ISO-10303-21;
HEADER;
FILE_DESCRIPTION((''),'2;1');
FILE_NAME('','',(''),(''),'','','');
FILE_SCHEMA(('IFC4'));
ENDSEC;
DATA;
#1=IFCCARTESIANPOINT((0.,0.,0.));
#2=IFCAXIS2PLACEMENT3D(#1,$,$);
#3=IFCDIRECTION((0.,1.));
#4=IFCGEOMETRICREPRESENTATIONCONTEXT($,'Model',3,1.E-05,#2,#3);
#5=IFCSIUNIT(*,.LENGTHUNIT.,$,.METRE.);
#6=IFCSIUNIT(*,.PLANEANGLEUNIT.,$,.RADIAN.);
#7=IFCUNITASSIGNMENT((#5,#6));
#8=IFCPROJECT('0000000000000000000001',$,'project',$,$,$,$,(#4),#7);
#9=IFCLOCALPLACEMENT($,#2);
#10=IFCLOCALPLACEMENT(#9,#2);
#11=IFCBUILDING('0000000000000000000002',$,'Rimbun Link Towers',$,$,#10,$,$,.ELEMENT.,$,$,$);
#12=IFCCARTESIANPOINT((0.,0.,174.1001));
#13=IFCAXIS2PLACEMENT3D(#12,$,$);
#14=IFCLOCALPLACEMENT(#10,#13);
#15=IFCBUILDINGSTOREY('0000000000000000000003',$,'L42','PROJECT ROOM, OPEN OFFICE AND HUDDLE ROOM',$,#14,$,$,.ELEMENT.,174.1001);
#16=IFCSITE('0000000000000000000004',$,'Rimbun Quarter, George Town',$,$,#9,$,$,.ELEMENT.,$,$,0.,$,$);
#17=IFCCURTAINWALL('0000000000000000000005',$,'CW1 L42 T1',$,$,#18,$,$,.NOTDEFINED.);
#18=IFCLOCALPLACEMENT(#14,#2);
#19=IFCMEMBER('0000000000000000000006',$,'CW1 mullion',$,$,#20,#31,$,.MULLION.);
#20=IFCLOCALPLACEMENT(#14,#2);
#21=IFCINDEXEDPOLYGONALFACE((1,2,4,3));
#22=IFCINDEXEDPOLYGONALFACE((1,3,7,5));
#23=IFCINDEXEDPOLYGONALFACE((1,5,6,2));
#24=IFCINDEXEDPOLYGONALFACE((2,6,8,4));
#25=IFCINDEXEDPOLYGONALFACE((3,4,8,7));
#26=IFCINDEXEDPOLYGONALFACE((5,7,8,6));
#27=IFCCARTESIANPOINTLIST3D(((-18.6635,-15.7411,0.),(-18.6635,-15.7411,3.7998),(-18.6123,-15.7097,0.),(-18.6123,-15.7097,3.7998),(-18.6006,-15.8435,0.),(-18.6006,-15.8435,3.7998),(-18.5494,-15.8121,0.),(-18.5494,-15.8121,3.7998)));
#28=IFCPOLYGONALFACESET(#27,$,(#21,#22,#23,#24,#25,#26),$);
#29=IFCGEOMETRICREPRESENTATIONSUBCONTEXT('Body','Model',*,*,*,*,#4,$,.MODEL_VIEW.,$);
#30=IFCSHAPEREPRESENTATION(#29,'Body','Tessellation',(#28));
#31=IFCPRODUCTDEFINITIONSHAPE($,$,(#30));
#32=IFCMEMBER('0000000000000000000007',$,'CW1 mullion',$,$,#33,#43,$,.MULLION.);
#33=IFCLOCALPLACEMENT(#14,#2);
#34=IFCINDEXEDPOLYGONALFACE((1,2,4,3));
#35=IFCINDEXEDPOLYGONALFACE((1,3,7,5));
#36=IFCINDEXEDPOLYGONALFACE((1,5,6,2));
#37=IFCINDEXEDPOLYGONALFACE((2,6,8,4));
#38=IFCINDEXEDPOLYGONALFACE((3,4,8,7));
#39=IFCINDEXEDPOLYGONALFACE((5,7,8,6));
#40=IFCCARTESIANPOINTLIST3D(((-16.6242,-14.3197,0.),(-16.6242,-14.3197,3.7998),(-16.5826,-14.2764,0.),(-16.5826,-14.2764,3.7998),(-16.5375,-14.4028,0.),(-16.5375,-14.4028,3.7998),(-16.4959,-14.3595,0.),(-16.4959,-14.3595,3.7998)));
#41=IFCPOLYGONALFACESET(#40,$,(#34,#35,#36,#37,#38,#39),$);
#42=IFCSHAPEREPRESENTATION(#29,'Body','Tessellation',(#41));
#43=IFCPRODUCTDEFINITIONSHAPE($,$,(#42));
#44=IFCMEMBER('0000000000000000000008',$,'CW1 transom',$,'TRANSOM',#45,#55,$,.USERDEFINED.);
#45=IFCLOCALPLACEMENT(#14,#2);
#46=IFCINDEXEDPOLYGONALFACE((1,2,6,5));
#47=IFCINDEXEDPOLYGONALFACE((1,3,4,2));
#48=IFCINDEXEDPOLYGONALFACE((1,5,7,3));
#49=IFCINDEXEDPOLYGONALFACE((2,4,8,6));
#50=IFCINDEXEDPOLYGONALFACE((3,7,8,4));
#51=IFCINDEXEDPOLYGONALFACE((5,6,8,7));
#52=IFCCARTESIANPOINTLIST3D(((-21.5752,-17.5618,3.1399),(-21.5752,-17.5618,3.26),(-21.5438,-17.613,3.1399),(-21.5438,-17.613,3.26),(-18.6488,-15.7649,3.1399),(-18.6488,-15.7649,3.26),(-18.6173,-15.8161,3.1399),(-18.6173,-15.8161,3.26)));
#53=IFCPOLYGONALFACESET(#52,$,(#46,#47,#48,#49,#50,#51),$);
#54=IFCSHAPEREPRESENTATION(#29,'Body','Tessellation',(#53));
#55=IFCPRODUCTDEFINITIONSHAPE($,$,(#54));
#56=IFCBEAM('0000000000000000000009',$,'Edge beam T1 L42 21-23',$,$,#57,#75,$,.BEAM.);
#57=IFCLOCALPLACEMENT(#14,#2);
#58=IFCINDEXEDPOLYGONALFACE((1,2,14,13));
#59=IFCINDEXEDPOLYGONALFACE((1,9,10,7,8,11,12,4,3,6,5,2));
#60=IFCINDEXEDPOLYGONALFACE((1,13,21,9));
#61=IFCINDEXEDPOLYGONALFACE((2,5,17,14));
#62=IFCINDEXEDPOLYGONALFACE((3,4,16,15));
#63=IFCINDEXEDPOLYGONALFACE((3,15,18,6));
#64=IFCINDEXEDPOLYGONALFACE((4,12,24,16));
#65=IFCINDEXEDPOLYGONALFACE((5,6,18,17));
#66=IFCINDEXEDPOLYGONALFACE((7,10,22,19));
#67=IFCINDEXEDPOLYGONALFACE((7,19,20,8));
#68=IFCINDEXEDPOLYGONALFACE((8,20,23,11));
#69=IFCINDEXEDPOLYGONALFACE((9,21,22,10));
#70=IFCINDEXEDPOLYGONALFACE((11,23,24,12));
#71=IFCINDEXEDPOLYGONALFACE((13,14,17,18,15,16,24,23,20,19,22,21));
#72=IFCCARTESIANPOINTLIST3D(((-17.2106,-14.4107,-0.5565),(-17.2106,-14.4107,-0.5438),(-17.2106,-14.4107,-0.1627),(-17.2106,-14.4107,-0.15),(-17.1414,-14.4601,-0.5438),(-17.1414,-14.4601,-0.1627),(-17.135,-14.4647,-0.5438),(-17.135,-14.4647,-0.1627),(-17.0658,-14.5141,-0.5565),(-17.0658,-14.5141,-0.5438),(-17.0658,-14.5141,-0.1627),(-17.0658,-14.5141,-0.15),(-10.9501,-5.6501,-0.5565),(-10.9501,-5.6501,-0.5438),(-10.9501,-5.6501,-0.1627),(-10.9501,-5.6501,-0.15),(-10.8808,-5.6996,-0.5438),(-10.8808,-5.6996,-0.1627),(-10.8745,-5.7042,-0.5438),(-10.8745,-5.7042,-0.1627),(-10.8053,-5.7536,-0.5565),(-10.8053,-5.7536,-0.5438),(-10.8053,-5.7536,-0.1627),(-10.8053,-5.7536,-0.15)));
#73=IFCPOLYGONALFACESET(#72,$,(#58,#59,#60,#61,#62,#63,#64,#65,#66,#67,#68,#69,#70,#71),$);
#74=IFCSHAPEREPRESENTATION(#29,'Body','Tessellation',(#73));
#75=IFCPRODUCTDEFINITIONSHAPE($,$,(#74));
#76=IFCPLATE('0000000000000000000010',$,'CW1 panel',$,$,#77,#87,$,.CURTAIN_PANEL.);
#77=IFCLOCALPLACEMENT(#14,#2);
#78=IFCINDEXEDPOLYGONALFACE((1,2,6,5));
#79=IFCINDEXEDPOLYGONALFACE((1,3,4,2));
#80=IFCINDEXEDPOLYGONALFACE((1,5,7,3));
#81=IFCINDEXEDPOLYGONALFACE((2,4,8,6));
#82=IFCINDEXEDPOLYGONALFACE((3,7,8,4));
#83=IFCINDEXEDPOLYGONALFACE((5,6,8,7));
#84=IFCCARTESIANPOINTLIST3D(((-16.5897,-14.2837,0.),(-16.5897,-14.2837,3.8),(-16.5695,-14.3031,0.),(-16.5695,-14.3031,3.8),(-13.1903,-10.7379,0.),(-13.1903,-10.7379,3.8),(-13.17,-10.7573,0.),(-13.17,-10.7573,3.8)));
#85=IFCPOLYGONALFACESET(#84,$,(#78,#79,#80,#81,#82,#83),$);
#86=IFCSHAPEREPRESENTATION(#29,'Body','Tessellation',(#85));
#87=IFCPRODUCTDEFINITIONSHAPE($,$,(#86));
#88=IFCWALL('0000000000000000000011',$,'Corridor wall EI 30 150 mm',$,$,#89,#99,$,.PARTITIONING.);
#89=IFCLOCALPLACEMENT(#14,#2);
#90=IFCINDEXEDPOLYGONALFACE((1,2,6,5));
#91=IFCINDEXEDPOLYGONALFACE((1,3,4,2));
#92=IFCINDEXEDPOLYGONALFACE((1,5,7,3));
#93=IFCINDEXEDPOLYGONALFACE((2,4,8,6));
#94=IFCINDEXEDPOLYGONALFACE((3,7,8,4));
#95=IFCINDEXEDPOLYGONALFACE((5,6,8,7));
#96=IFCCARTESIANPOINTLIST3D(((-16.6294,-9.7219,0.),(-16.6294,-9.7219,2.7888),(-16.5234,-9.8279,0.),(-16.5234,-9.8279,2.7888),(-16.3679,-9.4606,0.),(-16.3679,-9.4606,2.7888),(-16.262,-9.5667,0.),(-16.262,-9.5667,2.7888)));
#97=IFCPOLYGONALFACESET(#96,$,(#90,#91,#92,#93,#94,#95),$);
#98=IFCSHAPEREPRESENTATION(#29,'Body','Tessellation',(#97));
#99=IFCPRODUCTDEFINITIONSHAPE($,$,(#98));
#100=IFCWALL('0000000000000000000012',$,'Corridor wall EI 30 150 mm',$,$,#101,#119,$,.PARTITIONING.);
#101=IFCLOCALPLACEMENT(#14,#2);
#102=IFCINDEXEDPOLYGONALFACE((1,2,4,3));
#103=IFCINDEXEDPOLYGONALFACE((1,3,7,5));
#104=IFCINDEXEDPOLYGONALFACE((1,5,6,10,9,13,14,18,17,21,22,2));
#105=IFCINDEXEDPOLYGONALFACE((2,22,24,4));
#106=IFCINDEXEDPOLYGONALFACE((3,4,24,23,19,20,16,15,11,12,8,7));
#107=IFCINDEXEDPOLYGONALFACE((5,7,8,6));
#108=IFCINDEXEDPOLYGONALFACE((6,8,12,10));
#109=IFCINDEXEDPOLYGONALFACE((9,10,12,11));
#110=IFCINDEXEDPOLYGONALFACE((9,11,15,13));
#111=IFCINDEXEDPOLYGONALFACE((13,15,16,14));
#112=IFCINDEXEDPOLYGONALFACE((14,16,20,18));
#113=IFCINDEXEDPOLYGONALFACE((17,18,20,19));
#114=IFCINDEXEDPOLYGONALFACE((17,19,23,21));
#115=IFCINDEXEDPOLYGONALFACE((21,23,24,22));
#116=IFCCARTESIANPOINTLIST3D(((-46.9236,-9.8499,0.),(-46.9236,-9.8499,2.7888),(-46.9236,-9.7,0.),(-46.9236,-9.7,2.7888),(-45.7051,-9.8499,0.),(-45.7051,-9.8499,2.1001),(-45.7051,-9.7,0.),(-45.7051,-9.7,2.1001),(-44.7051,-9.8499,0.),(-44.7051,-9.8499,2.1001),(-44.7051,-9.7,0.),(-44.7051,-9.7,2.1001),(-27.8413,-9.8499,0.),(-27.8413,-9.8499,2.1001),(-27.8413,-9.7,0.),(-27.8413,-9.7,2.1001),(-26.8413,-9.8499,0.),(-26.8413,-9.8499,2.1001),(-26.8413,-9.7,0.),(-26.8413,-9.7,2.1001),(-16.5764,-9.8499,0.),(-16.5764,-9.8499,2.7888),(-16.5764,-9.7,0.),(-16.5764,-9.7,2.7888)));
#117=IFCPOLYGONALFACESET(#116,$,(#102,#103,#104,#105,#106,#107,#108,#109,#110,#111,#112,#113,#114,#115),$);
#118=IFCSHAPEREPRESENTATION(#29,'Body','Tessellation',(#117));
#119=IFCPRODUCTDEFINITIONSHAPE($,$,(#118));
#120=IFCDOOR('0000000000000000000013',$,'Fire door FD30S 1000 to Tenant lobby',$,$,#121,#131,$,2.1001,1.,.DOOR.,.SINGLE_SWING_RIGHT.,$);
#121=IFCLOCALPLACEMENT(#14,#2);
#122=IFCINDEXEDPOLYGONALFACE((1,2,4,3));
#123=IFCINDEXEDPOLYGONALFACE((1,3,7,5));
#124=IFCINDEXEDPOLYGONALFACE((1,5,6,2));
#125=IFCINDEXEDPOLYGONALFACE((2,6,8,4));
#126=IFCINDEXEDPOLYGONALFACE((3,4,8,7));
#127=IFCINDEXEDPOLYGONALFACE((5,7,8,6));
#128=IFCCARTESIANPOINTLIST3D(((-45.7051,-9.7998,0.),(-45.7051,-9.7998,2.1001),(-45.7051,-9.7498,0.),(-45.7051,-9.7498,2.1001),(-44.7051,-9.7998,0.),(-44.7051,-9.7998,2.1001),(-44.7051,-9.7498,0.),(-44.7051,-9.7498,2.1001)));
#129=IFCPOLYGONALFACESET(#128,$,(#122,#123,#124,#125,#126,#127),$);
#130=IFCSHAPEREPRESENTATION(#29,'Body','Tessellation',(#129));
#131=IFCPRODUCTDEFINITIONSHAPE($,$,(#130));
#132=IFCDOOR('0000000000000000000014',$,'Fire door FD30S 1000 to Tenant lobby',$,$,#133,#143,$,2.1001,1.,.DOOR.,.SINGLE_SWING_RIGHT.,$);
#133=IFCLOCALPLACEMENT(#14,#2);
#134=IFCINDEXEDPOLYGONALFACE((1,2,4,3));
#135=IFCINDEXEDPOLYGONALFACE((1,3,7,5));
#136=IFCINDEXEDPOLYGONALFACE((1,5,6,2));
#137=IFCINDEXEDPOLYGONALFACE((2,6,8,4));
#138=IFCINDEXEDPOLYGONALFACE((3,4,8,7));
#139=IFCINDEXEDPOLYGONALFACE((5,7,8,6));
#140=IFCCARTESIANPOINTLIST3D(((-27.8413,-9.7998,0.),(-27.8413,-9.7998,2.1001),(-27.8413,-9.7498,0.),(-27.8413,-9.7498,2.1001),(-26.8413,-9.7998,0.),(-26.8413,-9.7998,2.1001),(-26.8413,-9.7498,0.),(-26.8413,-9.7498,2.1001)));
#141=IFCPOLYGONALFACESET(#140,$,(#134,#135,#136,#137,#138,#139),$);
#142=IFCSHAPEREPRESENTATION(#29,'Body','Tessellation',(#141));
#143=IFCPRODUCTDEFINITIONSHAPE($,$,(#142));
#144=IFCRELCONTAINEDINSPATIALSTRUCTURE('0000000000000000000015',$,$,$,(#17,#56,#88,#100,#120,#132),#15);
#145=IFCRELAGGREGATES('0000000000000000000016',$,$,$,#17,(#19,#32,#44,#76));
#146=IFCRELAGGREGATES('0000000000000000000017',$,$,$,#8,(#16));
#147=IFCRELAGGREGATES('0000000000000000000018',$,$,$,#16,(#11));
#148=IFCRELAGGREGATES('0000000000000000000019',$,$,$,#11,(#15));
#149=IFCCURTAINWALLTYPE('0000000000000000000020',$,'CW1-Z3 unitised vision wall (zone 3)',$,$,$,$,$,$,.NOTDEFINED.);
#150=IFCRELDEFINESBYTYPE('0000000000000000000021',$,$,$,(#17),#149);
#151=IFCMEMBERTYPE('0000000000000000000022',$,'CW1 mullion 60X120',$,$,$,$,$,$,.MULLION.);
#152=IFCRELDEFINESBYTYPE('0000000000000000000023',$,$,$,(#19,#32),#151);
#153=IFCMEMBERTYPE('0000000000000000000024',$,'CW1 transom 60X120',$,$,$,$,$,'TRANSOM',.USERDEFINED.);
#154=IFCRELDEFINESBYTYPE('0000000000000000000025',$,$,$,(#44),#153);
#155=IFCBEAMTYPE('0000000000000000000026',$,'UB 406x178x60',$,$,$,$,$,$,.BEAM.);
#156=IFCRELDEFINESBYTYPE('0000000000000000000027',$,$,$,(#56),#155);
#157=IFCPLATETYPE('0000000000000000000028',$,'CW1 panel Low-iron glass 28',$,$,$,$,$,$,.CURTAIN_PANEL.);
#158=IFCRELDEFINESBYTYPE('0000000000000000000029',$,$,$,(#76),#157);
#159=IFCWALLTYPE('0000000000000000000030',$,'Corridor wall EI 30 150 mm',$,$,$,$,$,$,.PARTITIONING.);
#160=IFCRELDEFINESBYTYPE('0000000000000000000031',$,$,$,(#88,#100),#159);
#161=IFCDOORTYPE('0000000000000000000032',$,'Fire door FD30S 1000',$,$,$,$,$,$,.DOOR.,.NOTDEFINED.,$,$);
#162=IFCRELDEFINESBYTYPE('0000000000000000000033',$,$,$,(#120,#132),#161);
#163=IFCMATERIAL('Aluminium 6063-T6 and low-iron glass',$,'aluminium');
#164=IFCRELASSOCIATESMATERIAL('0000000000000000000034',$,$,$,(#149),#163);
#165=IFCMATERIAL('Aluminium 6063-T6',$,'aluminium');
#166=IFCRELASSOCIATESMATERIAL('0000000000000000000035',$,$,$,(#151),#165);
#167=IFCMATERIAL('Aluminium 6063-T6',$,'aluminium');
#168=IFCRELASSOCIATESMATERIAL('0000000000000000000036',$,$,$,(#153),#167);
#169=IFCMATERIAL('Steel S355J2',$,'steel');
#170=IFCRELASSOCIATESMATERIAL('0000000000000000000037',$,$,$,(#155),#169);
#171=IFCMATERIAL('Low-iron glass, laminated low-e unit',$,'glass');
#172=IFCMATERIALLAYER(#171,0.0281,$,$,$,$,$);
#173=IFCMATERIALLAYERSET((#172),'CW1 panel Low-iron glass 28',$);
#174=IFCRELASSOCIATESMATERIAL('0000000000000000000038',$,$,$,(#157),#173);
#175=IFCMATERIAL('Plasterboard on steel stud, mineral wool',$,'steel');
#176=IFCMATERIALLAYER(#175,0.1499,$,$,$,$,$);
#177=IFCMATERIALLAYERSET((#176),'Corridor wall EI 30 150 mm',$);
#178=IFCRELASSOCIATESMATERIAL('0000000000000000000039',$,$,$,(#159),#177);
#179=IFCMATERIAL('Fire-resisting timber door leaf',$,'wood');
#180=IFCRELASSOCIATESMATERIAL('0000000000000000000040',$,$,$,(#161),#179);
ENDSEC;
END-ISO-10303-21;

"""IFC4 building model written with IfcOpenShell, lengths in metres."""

from ifc_helpers import new_model, si_unit, direction, frame, frame_2d, origin, origin_2d, place, context, subcontext, project, spatial, rectangle, i_section, extrude, material, layer, layer_set, material_profile, profile_set, type_object, element, fill, aggregate, save


model = new_model("IFC4")

# Units and contexts
model_context = context("Model", 3, precision=1e-05, world=origin(), true_north=direction((0.0, 1.0)))
body_context = subcontext(model_context, "Body", "Model", "MODEL_VIEW")
ifc_project = project(units=[si_unit("LENGTHUNIT", "METRE"), si_unit("PLANEANGLEUNIT", "RADIAN")], contexts=[model_context])

# Site, building, storey
site_placement = place(None, origin())
site = spatial("IfcSite", under=ifc_project, at=site_placement, Name="Rimbun Quarter, George Town", CompositionType="ELEMENT", RefElevation=0.0)
building_placement = place(site_placement, origin())
building = spatial("IfcBuilding", under=site, at=building_placement, Name="Rimbun Link Towers", CompositionType="ELEMENT")
storey_placement = place(building_placement, frame((0.0, 0.0, 174.1001)))
storey = spatial("IfcBuildingStorey", under=building, at=storey_placement, Name="L42", Description="PROJECT ROOM, OPEN OFFICE AND HUDDLE ROOM", CompositionType="ELEMENT", Elevation=174.1001)

# Curtain wall, members
ifc_material_1 = material(Name="Aluminium 6063-T6 and low-iron glass", Category="aluminium")
curtain_wall_type = type_object("IfcCurtainWallType", Name="CW1-Z3 unitised vision wall (zone 3)", PredefinedType="NOTDEFINED", material=ifc_material_1)
curtain_wall_placement = place(storey_placement, origin())
curtain_wall = element("IfcCurtainWall", 1, at=curtain_wall_placement, inside=storey, type_object=curtain_wall_type, Name="CW1 L42 T1", PredefinedType="NOTDEFINED")
ifc_material_2 = material(Name="Aluminium 6063-T6", Category="aluminium")
ifc_material_profile_1 = material_profile(ifc_material_2, rectangle(XDim=0.1201, YDim=0.0601, at=origin_2d()), Name="MULLION 60X120")
ifc_profile_set_1 = profile_set([ifc_material_profile_1], Name="Aluminium 6063-T6")
member_type_1 = type_object("IfcMemberType", Name="CW1 mullion 60X120", PredefinedType="MULLION", material=ifc_profile_set_1)
member_1_placement = place(storey_placement, frame((-18.6064, -15.7766, 0.0), z_axis=(0.0, 0.0, 1.0), x_axis=(0.523231, -0.852191, 0.0)))
member_1 = element("IfcMember", 2, at=member_1_placement, type_object=member_type_1, Name="CW1 mullion", PredefinedType="MULLION", context=body_context, shape_type="SweptSolid", body=[
    extrude(rectangle(XDim=0.1201, YDim=0.0601, at=origin_2d()), origin(), (0.0, 0.0, 1.0), 3.7998),
])
member_2_placement = place(storey_placement, frame((-16.5601, -14.3396, 0.0), z_axis=(0.0, 0.0, 1.0), x_axis=(0.721854, -0.692045, 0.0)))
member_2 = element("IfcMember", 3, at=member_2_placement, type_object=member_type_1, Name="CW1 mullion", PredefinedType="MULLION", context=body_context, shape_type="SweptSolid", body=[
    extrude(rectangle(XDim=0.1201, YDim=0.0601, at=origin_2d()), origin(), (0.0, 0.0, 1.0), 3.7998),
])
ifc_material_3 = material(Name="Aluminium 6063-T6", Category="aluminium")
ifc_material_profile_2 = material_profile(ifc_material_3, rectangle(XDim=0.0601, YDim=0.1201, at=origin_2d()), Name="TRANSOM 60X120")
ifc_profile_set_2 = profile_set([ifc_material_profile_2], Name="Aluminium 6063-T6")
member_type_2 = type_object("IfcMemberType", Name="CW1 transom 60X120", ElementType="TRANSOM", PredefinedType="USERDEFINED", material=ifc_profile_set_2)
member_3_placement = place(storey_placement, frame((-18.6331, -15.7905, 3.2), z_axis=(-0.852185, -0.52324, 0.0), x_axis=(0.52324, -0.852185, 0.0)))
member_3 = element("IfcMember", 4, at=member_3_placement, type_object=member_type_2, Name="CW1 transom", ObjectType="TRANSOM", PredefinedType="USERDEFINED", context=body_context, shape_type="SweptSolid", body=[
    extrude(rectangle(XDim=0.0601, YDim=0.1201, at=origin_2d()), origin(), (0.0, 0.0, 1.0), 3.4341),
])

# Beam
ifc_material_4 = material(Name="Steel S355J2", Category="steel")
ifc_material_profile_3 = material_profile(ifc_material_4, i_section(OverallWidth=0.178, OverallDepth=0.4065, WebThickness=0.0078, FlangeThickness=0.0127, at=origin_2d()), Name="UB 406x178x60")
ifc_profile_set_3 = profile_set([ifc_material_profile_3], Name="Steel S355J2")
beam_type = type_object("IfcBeamType", Name="UB 406x178x60", PredefinedType="BEAM", material=ifc_profile_set_3)
beam_placement = place(storey_placement, frame((-17.1382, -14.4624, -0.3533), z_axis=(0.581423, 0.813602, 0.0), x_axis=(-0.813602, 0.581423, 0.0)))
element("IfcBeam", 5, at=beam_placement, inside=storey, type_object=beam_type, Name="Edge beam T1 L42 21-23", PredefinedType="BEAM", context=body_context, shape_type="SweptSolid", body=[
    extrude(i_section(OverallWidth=0.178, OverallDepth=0.4065, WebThickness=0.0078, FlangeThickness=0.0127, at=origin_2d()), origin(), (0.0, 0.0, 1.0), 10.7676),
])

# Plate
ifc_material_5 = material(Name="Low-iron glass, laminated low-e unit", Category="glass")
ifc_layer_1 = layer(ifc_material_5, 0.0281)
ifc_layer_set_1 = layer_set([ifc_layer_1], Name="CW1 panel Low-iron glass 28")
plate_type = type_object("IfcPlateType", Name="CW1 panel Low-iron glass 28", PredefinedType="CURTAIN_PANEL", material=ifc_layer_set_1)
plate_placement = place(storey_placement, frame((-14.8799, -12.5205, 0.0), z_axis=(0.0, 0.0, 1.0), x_axis=(-0.692045, -0.721854, 0.0)))
plate = element("IfcPlate", 6, at=plate_placement, type_object=plate_type, Name="CW1 panel", PredefinedType="CURTAIN_PANEL", context=body_context, shape_type="SweptSolid", body=[
    extrude(rectangle(XDim=4.9121, YDim=0.0281, at=origin_2d()), origin(), (0.0, 0.0, 1.0), 3.8),
])
aggregate(curtain_wall, [member_1, member_2, member_3, plate])

# Wall
ifc_material_6 = material(Name="Plasterboard on steel stud, mineral wool", Category="steel")
ifc_layer_2 = layer(ifc_material_6, 0.1499)
ifc_layer_set_2 = layer_set([ifc_layer_2], Name="Corridor wall EI 30 150 mm")
wall_type_1 = type_object("IfcWallType", Name="Corridor wall EI 30 150 mm", PredefinedType="PARTITIONING", material=ifc_layer_set_2)
wall_1_placement = place(storey_placement, frame((-16.5764, -9.7749, 0.0), z_axis=(0.0, 0.0, 1.0), x_axis=(0.707437, 0.706776, 0.0)))
element("IfcWall", 7, at=wall_1_placement, inside=storey, type_object=wall_type_1, Name="Corridor wall EI 30 150 mm", PredefinedType="PARTITIONING", context=body_context, shape_type="SweptSolid", body=[
    extrude(rectangle(XDim=0.3696, YDim=0.1499, at=frame_2d((0.1848, 0.0))), origin(), (0.0, 0.0, 1.0), 2.7888),
])

# Wall, openings, doors
wall_2_placement = place(storey_placement, frame((-16.5764, -9.7749, 0.0), z_axis=(0.0, 0.0, 1.0), x_axis=(-1.0, 0.0, 0.0)))
wall_2 = element("IfcWall", 8, at=wall_2_placement, inside=storey, type_object=wall_type_1, Name="Corridor wall EI 30 150 mm", PredefinedType="PARTITIONING", context=body_context, shape_type="SweptSolid", body=[
    extrude(rectangle(XDim=30.3472, YDim=0.1499, at=frame_2d((15.1736, 0.0))), origin(), (0.0, 0.0, 1.0), 2.7888),
])
opening_1_placement = place(wall_2_placement, frame((28.1287, 0.0, 0.0)))
opening_1 = element("IfcOpeningElement", 9, at=opening_1_placement, cuts=wall_2, PredefinedType="OPENING", context=body_context, shape_type="SweptSolid", body=[
    extrude(rectangle(XDim=1.0, YDim=2.1001, at=frame_2d((0.5, 1.05))), frame((0.0, 0.085, 0.0), z_axis=(0.0, -1.0, 0.0), x_axis=(1.0, 0.0, 0.0)), (0.0, 0.0, 1.0), 0.1699),
])
opening_2_placement = place(wall_2_placement, frame((10.2649, 0.0, 0.0)))
opening_2 = element("IfcOpeningElement", 10, at=opening_2_placement, cuts=wall_2, PredefinedType="OPENING", context=body_context, shape_type="SweptSolid", body=[
    extrude(rectangle(XDim=1.0, YDim=2.1001, at=frame_2d((0.5, 1.05))), frame((0.0, 0.085, 0.0), z_axis=(0.0, -1.0, 0.0), x_axis=(1.0, 0.0, 0.0)), (0.0, 0.0, 1.0), 0.1699),
])
ifc_material_7 = material(Name="Fire-resisting timber door leaf", Category="wood")
door_type_1 = type_object("IfcDoorType", Name="Fire door FD30S 1000", OperationType="NOTDEFINED", PredefinedType="DOOR", material=ifc_material_7)
door_1_placement = place(opening_1_placement, origin())
door_1 = element("IfcDoor", 11, at=door_1_placement, inside=storey, type_object=door_type_1, Name="Fire door FD30S 1000 to Tenant lobby", OperationType="SINGLE_SWING_RIGHT", OverallHeight=2.1001, OverallWidth=1.0, PredefinedType="DOOR", context=body_context, shape_type="SweptSolid", body=[
    extrude(rectangle(XDim=1.0, YDim=2.1001, at=frame_2d((0.5, 1.05))), frame((0.0, 0.0249, 0.0), z_axis=(0.0, -1.0, 0.0), x_axis=(1.0, 0.0, 0.0)), (0.0, 0.0, 1.0), 0.05),
])
fill(opening_1, door_1)
door_2_placement = place(opening_2_placement, origin())
door_2 = element("IfcDoor", 12, at=door_2_placement, inside=storey, type_object=door_type_1, Name="Fire door FD30S 1000 to Tenant lobby", OperationType="SINGLE_SWING_RIGHT", OverallHeight=2.1001, OverallWidth=1.0, PredefinedType="DOOR", context=body_context, shape_type="SweptSolid", body=[
    extrude(rectangle(XDim=1.0, YDim=2.1001, at=frame_2d((0.5, 1.05))), frame((0.0, 0.0249, 0.0), z_axis=(0.0, -1.0, 0.0), x_axis=(1.0, 0.0, 0.0)), (0.0, 0.0, 1.0), 0.05),
])
fill(opening_2, door_2)

save(model, "model.ifc")
